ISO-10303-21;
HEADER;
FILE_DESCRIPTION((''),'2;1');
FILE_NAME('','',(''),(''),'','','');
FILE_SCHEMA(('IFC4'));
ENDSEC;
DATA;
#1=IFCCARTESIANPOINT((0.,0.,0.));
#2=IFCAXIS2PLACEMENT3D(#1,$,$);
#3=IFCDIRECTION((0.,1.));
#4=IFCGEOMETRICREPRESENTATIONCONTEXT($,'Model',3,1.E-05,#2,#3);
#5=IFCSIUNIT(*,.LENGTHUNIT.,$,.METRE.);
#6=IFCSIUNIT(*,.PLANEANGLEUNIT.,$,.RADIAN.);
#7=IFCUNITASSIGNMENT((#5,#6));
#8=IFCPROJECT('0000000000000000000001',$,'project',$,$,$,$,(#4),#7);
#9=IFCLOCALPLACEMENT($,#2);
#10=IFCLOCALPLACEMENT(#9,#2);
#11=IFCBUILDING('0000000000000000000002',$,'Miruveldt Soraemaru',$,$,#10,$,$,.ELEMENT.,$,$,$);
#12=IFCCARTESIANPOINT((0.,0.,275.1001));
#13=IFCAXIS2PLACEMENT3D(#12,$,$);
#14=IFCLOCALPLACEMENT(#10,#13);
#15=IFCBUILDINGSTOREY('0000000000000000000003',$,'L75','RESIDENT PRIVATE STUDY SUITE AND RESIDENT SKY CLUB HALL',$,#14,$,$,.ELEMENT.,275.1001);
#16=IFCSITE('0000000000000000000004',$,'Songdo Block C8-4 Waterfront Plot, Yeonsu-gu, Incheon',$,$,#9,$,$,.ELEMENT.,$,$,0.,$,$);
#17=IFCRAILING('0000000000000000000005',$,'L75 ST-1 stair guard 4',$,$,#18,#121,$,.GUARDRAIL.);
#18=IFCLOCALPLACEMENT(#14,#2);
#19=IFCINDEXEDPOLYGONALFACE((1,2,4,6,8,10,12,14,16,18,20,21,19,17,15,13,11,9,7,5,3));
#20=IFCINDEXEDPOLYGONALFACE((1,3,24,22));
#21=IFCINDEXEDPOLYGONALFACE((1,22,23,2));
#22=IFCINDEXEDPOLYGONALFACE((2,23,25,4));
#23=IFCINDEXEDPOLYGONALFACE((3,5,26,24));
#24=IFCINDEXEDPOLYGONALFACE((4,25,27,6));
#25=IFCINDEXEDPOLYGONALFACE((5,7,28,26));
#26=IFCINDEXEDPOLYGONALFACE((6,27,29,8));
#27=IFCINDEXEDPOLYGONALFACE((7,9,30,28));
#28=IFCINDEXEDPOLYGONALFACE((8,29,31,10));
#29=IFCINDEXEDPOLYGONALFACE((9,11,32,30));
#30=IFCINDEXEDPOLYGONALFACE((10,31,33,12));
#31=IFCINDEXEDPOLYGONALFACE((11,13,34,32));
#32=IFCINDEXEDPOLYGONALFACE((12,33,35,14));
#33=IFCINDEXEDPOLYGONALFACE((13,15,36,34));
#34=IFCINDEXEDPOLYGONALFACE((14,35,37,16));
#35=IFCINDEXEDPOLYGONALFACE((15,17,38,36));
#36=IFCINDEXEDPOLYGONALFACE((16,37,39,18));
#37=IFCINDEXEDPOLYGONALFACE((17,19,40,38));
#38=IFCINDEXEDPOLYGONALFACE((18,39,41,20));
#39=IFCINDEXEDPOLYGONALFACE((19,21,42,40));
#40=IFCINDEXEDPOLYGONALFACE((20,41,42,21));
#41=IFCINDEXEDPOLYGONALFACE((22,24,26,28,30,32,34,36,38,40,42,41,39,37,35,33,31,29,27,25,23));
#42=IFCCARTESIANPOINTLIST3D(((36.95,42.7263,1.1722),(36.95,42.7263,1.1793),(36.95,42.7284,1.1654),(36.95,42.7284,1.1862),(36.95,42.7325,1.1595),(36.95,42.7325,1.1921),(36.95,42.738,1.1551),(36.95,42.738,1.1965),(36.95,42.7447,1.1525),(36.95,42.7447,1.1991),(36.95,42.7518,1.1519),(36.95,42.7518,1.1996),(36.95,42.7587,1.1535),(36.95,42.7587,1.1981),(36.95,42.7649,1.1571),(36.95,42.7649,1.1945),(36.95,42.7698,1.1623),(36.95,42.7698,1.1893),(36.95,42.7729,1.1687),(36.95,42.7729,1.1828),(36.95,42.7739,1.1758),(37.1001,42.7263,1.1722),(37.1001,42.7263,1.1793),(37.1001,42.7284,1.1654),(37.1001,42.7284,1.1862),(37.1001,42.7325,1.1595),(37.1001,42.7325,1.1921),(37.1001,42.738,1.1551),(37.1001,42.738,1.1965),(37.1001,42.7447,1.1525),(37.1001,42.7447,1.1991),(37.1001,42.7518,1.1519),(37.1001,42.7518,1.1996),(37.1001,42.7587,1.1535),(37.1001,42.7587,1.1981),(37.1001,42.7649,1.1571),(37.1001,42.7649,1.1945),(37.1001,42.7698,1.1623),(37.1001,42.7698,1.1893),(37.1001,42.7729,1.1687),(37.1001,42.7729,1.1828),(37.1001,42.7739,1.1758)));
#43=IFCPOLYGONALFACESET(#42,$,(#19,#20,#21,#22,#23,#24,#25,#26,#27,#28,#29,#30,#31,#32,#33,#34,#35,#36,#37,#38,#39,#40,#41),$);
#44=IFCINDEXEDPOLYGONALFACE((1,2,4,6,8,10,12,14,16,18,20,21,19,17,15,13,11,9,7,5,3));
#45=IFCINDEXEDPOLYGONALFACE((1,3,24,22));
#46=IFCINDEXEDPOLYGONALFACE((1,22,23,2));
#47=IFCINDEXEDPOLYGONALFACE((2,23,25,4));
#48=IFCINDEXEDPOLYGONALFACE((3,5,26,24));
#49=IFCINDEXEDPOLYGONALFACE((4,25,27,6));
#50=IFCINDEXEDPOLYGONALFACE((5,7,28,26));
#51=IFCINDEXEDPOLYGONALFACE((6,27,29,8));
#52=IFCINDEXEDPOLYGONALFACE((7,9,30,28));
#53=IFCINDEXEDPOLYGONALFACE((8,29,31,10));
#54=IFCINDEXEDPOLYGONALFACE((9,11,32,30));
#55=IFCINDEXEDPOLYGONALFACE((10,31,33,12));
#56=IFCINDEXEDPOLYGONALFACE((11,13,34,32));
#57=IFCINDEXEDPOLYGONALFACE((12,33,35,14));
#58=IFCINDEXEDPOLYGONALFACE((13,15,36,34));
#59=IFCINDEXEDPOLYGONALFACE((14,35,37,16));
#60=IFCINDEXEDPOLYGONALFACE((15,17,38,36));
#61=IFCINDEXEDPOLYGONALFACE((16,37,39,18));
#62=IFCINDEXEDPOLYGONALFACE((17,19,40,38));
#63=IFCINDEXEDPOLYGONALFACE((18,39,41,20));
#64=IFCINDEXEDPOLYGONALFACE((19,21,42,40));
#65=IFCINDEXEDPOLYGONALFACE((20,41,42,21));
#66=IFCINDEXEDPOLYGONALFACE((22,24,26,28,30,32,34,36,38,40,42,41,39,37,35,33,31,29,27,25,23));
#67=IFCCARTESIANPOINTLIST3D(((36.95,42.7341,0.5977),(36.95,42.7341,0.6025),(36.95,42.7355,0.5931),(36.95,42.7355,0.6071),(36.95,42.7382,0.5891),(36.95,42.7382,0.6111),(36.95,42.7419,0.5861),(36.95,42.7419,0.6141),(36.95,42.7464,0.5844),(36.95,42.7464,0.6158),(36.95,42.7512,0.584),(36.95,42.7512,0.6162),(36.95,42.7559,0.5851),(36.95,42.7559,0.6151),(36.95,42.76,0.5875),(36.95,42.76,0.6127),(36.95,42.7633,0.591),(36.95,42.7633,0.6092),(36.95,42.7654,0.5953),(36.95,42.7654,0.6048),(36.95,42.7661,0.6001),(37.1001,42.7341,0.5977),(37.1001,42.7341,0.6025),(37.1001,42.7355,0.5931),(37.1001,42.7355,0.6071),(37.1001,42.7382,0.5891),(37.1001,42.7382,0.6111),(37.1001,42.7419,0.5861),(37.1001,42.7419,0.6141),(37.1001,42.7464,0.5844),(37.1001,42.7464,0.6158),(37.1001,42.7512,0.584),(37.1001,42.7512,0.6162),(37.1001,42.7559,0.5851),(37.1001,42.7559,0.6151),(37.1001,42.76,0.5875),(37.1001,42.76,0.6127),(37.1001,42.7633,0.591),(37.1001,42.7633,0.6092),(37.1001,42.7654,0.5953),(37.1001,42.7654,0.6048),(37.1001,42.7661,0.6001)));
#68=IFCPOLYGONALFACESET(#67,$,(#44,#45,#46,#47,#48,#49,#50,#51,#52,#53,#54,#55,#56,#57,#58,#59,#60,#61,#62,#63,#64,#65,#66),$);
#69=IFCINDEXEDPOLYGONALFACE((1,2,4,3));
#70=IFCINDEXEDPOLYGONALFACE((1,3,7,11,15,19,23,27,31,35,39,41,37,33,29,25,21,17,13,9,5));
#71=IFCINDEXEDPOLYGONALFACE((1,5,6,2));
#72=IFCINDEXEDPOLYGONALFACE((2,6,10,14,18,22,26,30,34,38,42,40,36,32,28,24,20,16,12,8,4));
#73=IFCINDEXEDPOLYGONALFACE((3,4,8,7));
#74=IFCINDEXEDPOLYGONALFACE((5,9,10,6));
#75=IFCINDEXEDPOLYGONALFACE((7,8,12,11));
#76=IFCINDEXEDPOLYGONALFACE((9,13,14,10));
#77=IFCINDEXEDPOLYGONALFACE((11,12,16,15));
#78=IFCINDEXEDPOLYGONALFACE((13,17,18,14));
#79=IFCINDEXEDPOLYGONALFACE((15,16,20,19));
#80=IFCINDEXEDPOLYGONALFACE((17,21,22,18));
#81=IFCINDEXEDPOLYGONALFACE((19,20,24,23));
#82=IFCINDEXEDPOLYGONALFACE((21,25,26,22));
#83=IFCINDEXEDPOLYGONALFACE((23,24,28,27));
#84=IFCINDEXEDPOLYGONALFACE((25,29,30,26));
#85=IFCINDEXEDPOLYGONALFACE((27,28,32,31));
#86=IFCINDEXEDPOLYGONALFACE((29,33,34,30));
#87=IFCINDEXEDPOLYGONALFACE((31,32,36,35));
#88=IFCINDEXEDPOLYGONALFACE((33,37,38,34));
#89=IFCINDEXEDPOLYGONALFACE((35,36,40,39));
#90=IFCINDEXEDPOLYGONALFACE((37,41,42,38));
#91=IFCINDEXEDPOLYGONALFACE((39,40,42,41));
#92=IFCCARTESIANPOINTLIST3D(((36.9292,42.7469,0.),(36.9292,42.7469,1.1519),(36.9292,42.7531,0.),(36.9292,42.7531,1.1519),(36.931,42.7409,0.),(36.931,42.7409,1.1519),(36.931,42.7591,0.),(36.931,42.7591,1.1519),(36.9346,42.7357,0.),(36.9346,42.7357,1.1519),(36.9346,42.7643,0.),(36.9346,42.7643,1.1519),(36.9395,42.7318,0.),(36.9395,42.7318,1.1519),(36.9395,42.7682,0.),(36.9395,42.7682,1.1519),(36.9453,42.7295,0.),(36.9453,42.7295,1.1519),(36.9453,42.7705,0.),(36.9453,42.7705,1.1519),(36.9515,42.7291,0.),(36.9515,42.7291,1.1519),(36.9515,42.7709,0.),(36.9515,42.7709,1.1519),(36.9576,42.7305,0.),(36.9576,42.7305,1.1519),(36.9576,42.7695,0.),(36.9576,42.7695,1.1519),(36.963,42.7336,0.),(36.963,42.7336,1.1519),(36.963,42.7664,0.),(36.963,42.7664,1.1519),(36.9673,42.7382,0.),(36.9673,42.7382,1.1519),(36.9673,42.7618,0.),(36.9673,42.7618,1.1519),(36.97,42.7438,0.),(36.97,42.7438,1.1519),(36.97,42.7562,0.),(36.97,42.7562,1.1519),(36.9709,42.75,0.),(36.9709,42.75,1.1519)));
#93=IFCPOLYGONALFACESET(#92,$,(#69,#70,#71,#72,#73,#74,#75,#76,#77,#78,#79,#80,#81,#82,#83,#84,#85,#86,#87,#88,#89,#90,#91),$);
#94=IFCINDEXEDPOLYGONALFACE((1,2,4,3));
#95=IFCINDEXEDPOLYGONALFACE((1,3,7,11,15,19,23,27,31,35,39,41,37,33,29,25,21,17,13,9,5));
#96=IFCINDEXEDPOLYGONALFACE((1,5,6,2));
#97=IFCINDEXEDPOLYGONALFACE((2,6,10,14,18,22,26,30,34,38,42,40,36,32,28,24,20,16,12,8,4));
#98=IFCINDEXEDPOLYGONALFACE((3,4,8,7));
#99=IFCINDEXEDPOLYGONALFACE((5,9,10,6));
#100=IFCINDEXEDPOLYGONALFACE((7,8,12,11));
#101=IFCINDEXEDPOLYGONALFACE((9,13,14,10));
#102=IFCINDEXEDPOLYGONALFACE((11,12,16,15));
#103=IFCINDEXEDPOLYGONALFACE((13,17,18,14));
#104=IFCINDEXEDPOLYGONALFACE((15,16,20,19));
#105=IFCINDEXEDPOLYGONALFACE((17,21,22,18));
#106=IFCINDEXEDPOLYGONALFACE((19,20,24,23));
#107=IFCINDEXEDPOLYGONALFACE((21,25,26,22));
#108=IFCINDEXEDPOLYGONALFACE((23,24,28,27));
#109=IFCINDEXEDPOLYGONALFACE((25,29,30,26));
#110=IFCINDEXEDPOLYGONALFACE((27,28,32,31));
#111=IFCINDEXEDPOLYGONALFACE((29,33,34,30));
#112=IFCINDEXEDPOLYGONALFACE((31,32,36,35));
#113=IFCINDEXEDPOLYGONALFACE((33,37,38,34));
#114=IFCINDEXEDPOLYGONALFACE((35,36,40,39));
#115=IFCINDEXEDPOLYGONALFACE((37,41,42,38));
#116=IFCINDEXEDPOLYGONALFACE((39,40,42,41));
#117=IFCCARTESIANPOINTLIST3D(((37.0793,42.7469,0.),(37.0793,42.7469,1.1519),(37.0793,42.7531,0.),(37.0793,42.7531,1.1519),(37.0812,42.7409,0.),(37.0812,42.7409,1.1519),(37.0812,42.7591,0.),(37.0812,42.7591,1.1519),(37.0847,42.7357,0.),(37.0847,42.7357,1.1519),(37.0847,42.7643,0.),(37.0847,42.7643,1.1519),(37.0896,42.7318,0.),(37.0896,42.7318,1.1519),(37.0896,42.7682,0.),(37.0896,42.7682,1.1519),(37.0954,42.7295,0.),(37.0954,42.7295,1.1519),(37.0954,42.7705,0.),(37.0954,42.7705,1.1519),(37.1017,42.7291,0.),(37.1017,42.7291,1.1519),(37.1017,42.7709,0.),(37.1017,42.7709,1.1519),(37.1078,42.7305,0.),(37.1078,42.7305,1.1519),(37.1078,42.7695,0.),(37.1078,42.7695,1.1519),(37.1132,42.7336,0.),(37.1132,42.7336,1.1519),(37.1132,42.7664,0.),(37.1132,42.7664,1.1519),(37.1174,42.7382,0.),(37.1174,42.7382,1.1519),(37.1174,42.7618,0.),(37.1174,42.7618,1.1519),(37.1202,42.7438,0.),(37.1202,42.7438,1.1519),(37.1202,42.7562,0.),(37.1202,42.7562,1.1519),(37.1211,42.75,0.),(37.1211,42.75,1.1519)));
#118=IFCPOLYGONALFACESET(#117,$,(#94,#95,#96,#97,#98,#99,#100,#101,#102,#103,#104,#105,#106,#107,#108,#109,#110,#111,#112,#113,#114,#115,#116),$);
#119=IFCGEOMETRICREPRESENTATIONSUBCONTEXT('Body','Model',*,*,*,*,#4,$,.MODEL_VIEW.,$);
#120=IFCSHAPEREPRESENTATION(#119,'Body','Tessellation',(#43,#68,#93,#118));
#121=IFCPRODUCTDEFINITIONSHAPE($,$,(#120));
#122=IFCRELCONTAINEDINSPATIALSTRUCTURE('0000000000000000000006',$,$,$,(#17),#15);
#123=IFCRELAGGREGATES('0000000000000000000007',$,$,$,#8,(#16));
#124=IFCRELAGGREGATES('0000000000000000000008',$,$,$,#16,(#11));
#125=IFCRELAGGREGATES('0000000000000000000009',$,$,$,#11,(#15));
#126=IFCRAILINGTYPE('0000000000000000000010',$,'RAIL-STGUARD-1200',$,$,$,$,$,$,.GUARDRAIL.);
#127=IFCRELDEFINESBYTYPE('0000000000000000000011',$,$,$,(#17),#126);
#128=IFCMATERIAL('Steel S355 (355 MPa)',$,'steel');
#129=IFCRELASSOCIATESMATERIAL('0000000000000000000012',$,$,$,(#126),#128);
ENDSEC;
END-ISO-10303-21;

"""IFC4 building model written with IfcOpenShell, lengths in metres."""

from ifc_helpers import new_model, si_unit, direction, frame, origin, origin_2d, place, context, subcontext, project, spatial, circle, extrude, material, type_object, element, save


model = new_model("IFC4")

# Units and contexts
model_context = context("Model", 3, precision=1e-05, world=origin(), true_north=direction((0.0, 1.0)))
body_context = subcontext(model_context, "Body", "Model", "MODEL_VIEW")
ifc_project = project(units=[si_unit("LENGTHUNIT", "METRE"), si_unit("PLANEANGLEUNIT", "RADIAN")], contexts=[model_context])

# Site, building, storey
site_placement = place(None, origin())
site = spatial("IfcSite", under=ifc_project, at=site_placement, Name="Songdo Block C8-4 Waterfront Plot, Yeonsu-gu, Incheon", CompositionType="ELEMENT", RefElevation=0.0)
building_placement = place(site_placement, origin())
building = spatial("IfcBuilding", under=site, at=building_placement, Name="Miruveldt Soraemaru", CompositionType="ELEMENT")
storey_placement = place(building_placement, frame((0.0, 0.0, 275.1001)))
storey = spatial("IfcBuildingStorey", under=building, at=storey_placement, Name="L75", Description="RESIDENT PRIVATE STUDY SUITE AND RESIDENT SKY CLUB HALL", CompositionType="ELEMENT", Elevation=275.1001)

# Railing
ifc_material_1 = material(Name="Steel S355 (355 MPa)", Category="steel")
railing_type = type_object("IfcRailingType", Name="RAIL-STGUARD-1200", PredefinedType="GUARDRAIL", material=ifc_material_1)
railing_1_placement = place(storey_placement, frame((36.95, 42.75, 0.0)))
element("IfcRailing", 1, at=railing_1_placement, inside=storey, type_object=railing_type, Name="L75 ST-1 stair guard 4", PredefinedType="GUARDRAIL", context=body_context, shape_type="SweptSolid", body=[
    extrude(circle(Radius=0.0239, at=origin_2d()), frame((0.0, 0.0, 1.1758), z_axis=(1.0, 0.0, 0.0), x_axis=(0.0, 1.0, 0.0)), (0.0, 0.0, 1.0), 0.1501),
    extrude(circle(Radius=0.0161, at=origin_2d()), frame((0.0, 0.0, 0.6001), z_axis=(1.0, 0.0, 0.0), x_axis=(0.0, 1.0, 0.0)), (0.0, 0.0, 1.0), 0.1501),
    extrude(circle(Radius=0.021, at=origin_2d()), origin(), (0.0, 0.0, 1.0), 1.1519),
    extrude(circle(Radius=0.021, at=origin_2d()), frame((0.1501, 0.0, 0.0)), (0.0, 0.0, 1.0), 1.1519),
])

save(model, "model.ifc")
